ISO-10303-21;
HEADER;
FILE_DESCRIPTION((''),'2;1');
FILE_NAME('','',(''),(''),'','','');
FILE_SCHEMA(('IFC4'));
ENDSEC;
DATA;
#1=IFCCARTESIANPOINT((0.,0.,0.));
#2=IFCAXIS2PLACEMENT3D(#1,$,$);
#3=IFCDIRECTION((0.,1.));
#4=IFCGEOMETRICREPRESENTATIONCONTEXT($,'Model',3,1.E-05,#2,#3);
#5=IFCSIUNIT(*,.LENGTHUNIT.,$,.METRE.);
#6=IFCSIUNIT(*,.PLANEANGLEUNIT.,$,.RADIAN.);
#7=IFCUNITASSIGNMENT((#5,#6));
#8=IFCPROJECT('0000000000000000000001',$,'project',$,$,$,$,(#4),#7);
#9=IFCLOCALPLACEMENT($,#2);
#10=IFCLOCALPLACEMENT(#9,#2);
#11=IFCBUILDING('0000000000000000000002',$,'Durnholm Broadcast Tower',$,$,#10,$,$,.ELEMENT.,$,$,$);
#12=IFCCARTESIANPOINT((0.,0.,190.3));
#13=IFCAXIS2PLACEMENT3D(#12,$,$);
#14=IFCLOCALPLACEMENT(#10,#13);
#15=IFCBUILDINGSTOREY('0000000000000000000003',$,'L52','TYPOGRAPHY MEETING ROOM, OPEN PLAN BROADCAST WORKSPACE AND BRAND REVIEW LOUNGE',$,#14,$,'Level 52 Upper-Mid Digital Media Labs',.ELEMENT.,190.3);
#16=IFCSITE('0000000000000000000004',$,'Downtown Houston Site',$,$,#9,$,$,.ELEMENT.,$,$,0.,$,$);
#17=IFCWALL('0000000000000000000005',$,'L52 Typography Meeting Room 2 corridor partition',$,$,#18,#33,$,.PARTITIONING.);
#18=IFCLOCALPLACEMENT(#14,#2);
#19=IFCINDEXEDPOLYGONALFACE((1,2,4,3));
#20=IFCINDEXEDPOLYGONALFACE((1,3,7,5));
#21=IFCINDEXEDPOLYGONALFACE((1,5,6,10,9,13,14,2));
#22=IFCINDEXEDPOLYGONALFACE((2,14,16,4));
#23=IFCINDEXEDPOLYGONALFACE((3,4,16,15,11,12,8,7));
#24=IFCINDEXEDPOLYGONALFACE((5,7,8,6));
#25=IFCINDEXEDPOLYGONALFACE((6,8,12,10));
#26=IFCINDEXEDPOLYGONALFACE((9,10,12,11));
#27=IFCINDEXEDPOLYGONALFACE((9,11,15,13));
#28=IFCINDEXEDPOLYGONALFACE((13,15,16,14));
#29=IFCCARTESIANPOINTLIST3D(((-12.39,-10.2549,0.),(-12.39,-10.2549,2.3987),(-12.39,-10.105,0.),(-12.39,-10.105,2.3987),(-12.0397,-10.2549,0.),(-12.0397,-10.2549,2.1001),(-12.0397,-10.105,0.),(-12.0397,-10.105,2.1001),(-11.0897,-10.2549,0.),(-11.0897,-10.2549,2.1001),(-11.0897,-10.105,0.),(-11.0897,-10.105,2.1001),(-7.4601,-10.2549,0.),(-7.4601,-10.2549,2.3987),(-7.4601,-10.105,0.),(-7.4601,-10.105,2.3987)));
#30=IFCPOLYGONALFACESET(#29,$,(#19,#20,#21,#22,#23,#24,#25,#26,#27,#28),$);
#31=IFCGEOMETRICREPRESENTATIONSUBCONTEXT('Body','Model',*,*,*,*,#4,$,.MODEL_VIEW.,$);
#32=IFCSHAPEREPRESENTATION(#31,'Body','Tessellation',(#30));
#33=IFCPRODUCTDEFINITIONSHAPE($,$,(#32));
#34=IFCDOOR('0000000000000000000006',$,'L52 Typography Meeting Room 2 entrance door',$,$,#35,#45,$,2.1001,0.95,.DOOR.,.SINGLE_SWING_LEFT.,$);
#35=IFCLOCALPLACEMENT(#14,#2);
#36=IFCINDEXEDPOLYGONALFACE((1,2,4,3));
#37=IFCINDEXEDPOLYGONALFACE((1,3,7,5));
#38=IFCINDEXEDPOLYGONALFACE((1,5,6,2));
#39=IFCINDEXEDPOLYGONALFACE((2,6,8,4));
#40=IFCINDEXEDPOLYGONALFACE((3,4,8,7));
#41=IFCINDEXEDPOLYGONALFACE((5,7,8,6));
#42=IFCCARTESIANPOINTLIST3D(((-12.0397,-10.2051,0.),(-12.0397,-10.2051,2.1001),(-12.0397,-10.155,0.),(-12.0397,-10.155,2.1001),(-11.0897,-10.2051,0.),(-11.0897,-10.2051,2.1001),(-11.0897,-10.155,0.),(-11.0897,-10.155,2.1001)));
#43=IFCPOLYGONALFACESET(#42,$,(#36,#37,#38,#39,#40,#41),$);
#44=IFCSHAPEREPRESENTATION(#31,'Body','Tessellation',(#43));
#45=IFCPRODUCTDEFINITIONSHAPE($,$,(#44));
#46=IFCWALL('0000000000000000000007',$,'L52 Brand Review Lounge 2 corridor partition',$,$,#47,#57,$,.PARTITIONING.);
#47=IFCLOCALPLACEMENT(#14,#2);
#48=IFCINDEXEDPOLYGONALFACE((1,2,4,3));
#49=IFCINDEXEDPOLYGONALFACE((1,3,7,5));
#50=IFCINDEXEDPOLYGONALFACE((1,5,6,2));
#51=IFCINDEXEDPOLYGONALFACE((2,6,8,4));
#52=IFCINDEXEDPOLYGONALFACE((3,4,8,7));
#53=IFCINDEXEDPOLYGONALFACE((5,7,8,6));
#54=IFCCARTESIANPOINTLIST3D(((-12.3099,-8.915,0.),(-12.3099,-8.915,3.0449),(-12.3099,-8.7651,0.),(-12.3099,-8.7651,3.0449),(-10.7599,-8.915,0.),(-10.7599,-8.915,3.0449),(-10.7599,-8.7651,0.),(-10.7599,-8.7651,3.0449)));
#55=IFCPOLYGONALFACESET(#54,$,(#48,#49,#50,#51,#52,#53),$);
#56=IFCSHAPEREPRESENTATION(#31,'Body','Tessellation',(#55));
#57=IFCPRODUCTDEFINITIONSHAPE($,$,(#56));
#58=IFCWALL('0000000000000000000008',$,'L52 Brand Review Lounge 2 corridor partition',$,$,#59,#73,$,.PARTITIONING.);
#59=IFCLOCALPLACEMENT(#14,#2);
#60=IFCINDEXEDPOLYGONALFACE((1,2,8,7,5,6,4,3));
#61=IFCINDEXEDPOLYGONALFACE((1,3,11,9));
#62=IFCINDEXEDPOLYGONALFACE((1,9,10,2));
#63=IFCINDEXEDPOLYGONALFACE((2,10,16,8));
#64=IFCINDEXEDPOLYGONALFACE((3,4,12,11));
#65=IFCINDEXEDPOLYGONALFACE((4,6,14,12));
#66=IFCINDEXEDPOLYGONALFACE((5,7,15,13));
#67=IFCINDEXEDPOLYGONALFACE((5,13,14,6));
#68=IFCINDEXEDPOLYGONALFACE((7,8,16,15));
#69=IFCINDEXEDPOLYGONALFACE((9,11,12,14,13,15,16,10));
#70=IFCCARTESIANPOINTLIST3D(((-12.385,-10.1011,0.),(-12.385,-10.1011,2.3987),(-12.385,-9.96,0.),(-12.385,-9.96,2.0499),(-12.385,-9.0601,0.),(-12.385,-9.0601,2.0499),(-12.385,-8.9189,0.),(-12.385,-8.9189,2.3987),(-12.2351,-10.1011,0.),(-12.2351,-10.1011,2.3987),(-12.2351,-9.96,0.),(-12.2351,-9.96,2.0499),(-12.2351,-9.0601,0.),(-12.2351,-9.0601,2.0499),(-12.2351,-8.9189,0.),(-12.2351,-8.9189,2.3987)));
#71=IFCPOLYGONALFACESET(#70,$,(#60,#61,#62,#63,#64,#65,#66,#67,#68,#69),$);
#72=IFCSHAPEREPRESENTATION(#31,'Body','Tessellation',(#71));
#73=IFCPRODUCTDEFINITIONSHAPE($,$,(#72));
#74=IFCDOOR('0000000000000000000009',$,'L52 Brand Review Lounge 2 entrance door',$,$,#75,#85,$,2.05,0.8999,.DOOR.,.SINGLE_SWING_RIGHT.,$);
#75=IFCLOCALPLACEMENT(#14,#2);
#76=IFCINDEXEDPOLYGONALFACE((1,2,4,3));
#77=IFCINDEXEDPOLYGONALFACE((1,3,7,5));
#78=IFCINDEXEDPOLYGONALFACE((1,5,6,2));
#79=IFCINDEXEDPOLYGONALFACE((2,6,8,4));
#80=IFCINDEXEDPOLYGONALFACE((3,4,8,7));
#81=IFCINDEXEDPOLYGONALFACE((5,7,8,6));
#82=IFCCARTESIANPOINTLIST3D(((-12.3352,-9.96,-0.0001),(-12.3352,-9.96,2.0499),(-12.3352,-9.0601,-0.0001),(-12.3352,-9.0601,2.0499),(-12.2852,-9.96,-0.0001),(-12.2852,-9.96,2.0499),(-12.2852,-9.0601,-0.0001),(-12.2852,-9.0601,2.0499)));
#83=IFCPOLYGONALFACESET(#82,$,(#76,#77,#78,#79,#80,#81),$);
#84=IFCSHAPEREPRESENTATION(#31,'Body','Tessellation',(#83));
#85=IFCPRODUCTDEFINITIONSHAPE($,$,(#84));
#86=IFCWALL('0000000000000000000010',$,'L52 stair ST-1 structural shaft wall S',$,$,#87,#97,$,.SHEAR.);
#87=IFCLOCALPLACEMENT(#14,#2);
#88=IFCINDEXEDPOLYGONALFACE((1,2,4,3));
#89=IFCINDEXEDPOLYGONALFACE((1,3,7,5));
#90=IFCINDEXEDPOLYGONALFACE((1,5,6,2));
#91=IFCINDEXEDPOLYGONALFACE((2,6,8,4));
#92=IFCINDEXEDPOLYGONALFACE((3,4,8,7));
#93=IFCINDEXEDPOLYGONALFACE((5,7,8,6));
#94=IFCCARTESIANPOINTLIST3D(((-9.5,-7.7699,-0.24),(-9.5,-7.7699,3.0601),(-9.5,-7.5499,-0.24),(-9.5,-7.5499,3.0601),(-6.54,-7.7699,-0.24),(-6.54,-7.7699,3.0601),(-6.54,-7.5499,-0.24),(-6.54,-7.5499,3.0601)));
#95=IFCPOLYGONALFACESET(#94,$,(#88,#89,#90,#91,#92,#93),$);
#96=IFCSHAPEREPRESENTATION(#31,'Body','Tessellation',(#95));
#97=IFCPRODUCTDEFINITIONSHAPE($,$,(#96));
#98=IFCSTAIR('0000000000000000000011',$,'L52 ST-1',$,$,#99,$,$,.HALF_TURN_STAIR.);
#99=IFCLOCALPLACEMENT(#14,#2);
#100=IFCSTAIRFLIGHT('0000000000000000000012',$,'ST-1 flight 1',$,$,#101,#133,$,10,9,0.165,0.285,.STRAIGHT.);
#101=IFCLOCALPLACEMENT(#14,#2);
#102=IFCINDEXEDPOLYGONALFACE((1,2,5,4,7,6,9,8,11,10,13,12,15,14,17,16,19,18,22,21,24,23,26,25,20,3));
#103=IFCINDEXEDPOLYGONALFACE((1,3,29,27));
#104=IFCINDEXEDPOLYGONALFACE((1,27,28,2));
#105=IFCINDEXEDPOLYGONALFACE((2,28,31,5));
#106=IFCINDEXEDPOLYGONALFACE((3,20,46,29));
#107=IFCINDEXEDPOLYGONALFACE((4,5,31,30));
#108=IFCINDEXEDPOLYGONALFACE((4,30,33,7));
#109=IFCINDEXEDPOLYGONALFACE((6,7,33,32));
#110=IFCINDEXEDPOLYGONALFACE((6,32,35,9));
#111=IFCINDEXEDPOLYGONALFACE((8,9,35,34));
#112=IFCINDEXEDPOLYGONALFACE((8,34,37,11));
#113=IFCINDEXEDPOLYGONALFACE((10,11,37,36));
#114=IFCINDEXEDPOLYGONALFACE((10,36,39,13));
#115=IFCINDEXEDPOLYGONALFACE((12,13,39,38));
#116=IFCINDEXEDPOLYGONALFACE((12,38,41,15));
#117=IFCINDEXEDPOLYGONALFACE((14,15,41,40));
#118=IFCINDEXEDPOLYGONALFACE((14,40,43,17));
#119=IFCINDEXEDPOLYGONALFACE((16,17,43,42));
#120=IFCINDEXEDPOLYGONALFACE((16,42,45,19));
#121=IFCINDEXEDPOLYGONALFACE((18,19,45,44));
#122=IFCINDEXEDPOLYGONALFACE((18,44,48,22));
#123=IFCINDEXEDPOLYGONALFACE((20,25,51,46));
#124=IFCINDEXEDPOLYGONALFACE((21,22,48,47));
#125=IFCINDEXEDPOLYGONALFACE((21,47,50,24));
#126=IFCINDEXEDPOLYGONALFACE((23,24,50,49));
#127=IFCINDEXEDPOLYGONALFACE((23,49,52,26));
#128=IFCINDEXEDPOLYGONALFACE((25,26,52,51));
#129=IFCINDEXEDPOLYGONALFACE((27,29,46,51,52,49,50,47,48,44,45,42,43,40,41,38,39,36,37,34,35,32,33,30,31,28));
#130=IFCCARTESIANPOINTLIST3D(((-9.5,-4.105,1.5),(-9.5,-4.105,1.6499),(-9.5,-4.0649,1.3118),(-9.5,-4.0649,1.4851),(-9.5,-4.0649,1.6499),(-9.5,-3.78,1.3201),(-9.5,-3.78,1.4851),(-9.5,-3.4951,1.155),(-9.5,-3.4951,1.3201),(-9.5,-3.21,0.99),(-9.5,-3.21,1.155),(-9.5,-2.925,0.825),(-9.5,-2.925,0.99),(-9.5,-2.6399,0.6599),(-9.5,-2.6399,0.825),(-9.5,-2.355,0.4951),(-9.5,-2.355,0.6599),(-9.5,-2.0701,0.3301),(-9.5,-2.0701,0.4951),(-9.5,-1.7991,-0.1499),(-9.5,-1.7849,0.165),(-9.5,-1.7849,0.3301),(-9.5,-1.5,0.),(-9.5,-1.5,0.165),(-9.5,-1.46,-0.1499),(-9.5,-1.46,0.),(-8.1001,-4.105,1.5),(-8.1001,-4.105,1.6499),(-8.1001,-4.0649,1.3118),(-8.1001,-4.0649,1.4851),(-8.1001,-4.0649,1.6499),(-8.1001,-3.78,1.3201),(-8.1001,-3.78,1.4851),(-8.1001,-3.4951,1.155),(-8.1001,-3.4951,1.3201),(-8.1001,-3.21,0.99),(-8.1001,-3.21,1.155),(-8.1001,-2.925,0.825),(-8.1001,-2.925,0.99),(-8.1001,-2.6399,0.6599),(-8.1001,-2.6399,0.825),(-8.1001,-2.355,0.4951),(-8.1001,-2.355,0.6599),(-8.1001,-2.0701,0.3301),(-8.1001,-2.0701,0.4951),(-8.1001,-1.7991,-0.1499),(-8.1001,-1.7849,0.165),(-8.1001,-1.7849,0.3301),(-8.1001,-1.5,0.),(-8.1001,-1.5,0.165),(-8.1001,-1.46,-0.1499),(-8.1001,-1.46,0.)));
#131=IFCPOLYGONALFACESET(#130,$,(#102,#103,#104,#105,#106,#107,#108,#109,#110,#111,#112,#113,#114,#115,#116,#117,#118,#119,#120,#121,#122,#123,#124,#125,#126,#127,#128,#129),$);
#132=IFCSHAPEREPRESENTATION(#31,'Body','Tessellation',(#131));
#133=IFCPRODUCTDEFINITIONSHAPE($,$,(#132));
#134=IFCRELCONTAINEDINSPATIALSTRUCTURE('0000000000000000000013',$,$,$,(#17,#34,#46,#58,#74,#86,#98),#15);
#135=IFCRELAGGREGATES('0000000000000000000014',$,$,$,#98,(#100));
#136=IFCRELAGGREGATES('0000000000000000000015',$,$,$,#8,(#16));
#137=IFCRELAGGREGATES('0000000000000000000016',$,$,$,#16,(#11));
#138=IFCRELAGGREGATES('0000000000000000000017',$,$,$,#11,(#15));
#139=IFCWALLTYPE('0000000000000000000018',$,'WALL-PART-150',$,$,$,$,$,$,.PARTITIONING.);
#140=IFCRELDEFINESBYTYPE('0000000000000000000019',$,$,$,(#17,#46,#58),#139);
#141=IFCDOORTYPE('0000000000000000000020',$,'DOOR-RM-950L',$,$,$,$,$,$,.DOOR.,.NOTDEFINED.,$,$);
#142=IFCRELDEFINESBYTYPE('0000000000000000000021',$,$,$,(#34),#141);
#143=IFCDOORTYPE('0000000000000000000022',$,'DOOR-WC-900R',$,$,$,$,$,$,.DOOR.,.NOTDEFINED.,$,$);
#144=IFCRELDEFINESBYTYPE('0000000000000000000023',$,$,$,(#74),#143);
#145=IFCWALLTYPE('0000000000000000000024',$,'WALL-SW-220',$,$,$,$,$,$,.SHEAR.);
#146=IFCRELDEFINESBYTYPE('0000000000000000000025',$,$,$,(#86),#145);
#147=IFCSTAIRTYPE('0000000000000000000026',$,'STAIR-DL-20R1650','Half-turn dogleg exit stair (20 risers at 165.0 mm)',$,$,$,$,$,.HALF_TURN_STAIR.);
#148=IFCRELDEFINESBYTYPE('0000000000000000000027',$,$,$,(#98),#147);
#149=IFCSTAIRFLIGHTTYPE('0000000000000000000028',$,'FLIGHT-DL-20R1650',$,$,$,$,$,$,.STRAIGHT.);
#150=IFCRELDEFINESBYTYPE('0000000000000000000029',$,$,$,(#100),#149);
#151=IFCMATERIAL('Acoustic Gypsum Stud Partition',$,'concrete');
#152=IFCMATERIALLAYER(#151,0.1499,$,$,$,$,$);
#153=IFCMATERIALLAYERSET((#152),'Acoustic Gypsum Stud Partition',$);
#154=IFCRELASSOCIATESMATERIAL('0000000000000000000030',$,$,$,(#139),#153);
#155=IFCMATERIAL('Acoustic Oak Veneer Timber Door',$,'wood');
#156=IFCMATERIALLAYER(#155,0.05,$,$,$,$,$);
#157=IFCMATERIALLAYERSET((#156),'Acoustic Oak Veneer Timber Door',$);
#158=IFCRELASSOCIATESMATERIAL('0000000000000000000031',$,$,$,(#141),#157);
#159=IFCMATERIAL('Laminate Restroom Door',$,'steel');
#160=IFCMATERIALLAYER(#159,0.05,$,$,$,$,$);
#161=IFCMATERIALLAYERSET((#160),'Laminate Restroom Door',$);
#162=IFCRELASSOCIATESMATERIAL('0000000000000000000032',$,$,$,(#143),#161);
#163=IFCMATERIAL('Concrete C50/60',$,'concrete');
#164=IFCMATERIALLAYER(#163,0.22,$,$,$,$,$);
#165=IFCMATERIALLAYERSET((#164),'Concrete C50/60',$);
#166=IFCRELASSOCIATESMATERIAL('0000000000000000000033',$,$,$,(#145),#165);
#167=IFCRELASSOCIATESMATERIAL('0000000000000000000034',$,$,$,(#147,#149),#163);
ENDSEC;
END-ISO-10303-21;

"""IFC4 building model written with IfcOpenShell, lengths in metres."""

from ifc_helpers import new_model, si_unit, direction, frame, frame_2d, origin, place, context, subcontext, project, spatial, polyline, rectangle, outline, extrude, source, transform, mapped, material, layer, layer_set, type_object, type_shapes, element, fill, aggregate, save


model = new_model("IFC4")

# Units and contexts
model_context = context("Model", 3, precision=1e-05, world=origin(), true_north=direction((0.0, 1.0)))
body_context = subcontext(model_context, "Body", "Model", "MODEL_VIEW")
ifc_project = project(units=[si_unit("LENGTHUNIT", "METRE"), si_unit("PLANEANGLEUNIT", "RADIAN")], contexts=[model_context])

# Site, building, storey
site_placement = place(None, origin())
site = spatial("IfcSite", under=ifc_project, at=site_placement, Name="Downtown Houston Site", CompositionType="ELEMENT", RefElevation=0.0)
building_placement = place(site_placement, origin())
building = spatial("IfcBuilding", under=site, at=building_placement, Name="Durnholm Broadcast Tower", CompositionType="ELEMENT")
storey_placement = place(building_placement, frame((0.0, 0.0, 190.3)))
storey = spatial("IfcBuildingStorey", under=building, at=storey_placement, Name="L52", Description="TYPOGRAPHY MEETING ROOM, OPEN PLAN BROADCAST WORKSPACE AND BRAND REVIEW LOUNGE", LongName="Level 52 Upper-Mid Digital Media Labs", CompositionType="ELEMENT", Elevation=190.3)

# Wall, opening, door
ifc_material_1 = material(Name="Acoustic Gypsum Stud Partition", Category="concrete")
ifc_layer_1 = layer(ifc_material_1, 0.1499)
ifc_layer_set_1 = layer_set([ifc_layer_1], Name="Acoustic Gypsum Stud Partition")
wall_type_1 = type_object("IfcWallType", Name="WALL-PART-150", PredefinedType="PARTITIONING", material=ifc_layer_set_1)
wall_1_placement = place(storey_placement, frame((-12.3899, -10.1799, 0.0), z_axis=(0.0, 0.0, 1.0), x_axis=(1.0, 0.0, 0.0)))
wall_1 = element("IfcWall", 1, at=wall_1_placement, inside=storey, type_object=wall_type_1, Name="L52 Typography Meeting Room 2 corridor partition", PredefinedType="PARTITIONING", context=body_context, shape_type="SweptSolid", body=[
    extrude(rectangle(XDim=4.9299, YDim=0.1499, at=frame_2d((2.4648, 0.0))), origin(), (0.0, 0.0, 1.0), 2.3987),
])
opening_1_placement = place(wall_1_placement, frame((0.3501, 0.0, 0.0)))
opening_1 = element("IfcOpeningElement", 2, at=opening_1_placement, cuts=wall_1, PredefinedType="OPENING", context=body_context, shape_type="SweptSolid", body=[
    extrude(rectangle(XDim=0.95, YDim=2.1001, at=frame_2d((0.4751, 1.05))), frame((0.0, 0.085, 0.0), z_axis=(0.0, -1.0, 0.0), x_axis=(1.0, 0.0, 0.0)), (0.0, 0.0, 1.0), 0.1699),
])
ifc_material_2 = material(Name="Acoustic Oak Veneer Timber Door", Category="wood")
ifc_layer_2 = layer(ifc_material_2, 0.05)
ifc_layer_set_2 = layer_set([ifc_layer_2], Name="Acoustic Oak Veneer Timber Door")
door_type_1 = type_object("IfcDoorType", Name="DOOR-RM-950L", OperationType="NOTDEFINED", PredefinedType="DOOR", material=ifc_layer_set_2)
shared_shape_1 = source(origin(), body_context, "Body", "SweptSolid", [
    extrude(rectangle(XDim=0.95, YDim=2.1001, at=frame_2d((0.4751, 1.05))), frame((0.0, 0.0249, 0.0), z_axis=(0.0, -1.0, 0.0), x_axis=(1.0, 0.0, 0.0)), (0.0, 0.0, 1.0), 0.05),
])
type_shapes(door_type_1, [shared_shape_1])
door_1_placement = place(opening_1_placement, origin())
door_1 = element("IfcDoor", 3, at=door_1_placement, inside=storey, type_object=door_type_1, Name="L52 Typography Meeting Room 2 entrance door", OperationType="SINGLE_SWING_LEFT", OverallHeight=2.1001, OverallWidth=0.95, PredefinedType="DOOR", context=body_context, shape_type="MappedRepresentation", body=[
    mapped(shared_shape_1, transform((0.0, 0.0, 0.0), x_axis=(1.0, 0.0, 0.0), y_axis=(0.0, 1.0, 0.0), z_axis=(0.0, 0.0, 1.0), scale=1.0)),
])
fill(opening_1, door_1)

# Wall
wall_2_placement = place(storey_placement, frame((-10.76, -8.8401, 0.0), z_axis=(0.0, 0.0, 1.0), x_axis=(-1.0, 0.0, 0.0)))
element("IfcWall", 4, at=wall_2_placement, inside=storey, type_object=wall_type_1, Name="L52 Brand Review Lounge 2 corridor partition", PredefinedType="PARTITIONING", context=body_context, shape_type="SweptSolid", body=[
    extrude(rectangle(XDim=1.55, YDim=0.1499, at=frame_2d((0.7749, 0.0))), origin(), (0.0, 0.0, 1.0), 3.0449),
])

# Wall, opening, door
wall_3_placement = place(storey_placement, frame((-12.3101, -8.9189, 0.0), z_axis=(0.0, 0.0, 1.0), x_axis=(0.0, -1.0, 0.0)))
wall_3 = element("IfcWall", 5, at=wall_3_placement, inside=storey, type_object=wall_type_1, Name="L52 Brand Review Lounge 2 corridor partition", PredefinedType="PARTITIONING", context=body_context, shape_type="SweptSolid", body=[
    extrude(rectangle(XDim=1.1821, YDim=0.1499, at=frame_2d((0.5911, 0.0))), origin(), (0.0, 0.0, 1.0), 2.3987),
])
opening_2_placement = place(wall_3_placement, frame((0.1411, 0.0, 0.0)))
opening_2 = element("IfcOpeningElement", 6, at=opening_2_placement, cuts=wall_3, PredefinedType="OPENING", context=body_context, shape_type="SweptSolid", body=[
    extrude(rectangle(XDim=0.8999, YDim=2.05, at=frame_2d((0.45, 1.0249))), frame((0.0, 0.085, 0.0), z_axis=(0.0, -1.0, 0.0), x_axis=(1.0, 0.0, 0.0)), (0.0, 0.0, 1.0), 0.1699),
])
ifc_material_3 = material(Name="Laminate Restroom Door", Category="steel")
ifc_layer_3 = layer(ifc_material_3, 0.05)
ifc_layer_set_3 = layer_set([ifc_layer_3], Name="Laminate Restroom Door")
door_type_2 = type_object("IfcDoorType", Name="DOOR-WC-900R", OperationType="NOTDEFINED", PredefinedType="DOOR", material=ifc_layer_set_3)
shared_shape_2 = source(origin(), body_context, "Body", "SweptSolid", [
    extrude(rectangle(XDim=0.8999, YDim=2.05, at=frame_2d((0.45, 1.0249))), frame((0.0, 0.0249, 0.0), z_axis=(0.0, -1.0, 0.0), x_axis=(1.0, 0.0, 0.0)), (0.0, 0.0, 1.0), 0.05),
])
type_shapes(door_type_2, [shared_shape_2])
door_2_placement = place(opening_2_placement, origin())
door_2 = element("IfcDoor", 7, at=door_2_placement, inside=storey, type_object=door_type_2, Name="L52 Brand Review Lounge 2 entrance door", OperationType="SINGLE_SWING_RIGHT", OverallHeight=2.05, OverallWidth=0.8999, PredefinedType="DOOR", context=body_context, shape_type="MappedRepresentation", body=[
    mapped(shared_shape_2, transform((0.0, 0.0, 0.0), x_axis=(1.0, 0.0, 0.0), y_axis=(0.0, 1.0, 0.0), z_axis=(0.0, 0.0, 1.0), scale=1.0)),
])
fill(opening_2, door_2)

# Wall
ifc_material_4 = material(Name="Concrete C50/60", Category="concrete")
ifc_layer_4 = layer(ifc_material_4, 0.22)
ifc_layer_set_4 = layer_set([ifc_layer_4], Name="Concrete C50/60")
wall_type_2 = type_object("IfcWallType", Name="WALL-SW-220", PredefinedType="SHEAR", material=ifc_layer_set_4)
wall_4_placement = place(storey_placement, frame((-9.5, -7.6599, -0.24), z_axis=(0.0, 0.0, 1.0), x_axis=(1.0, 0.0, 0.0)))
element("IfcWall", 8, at=wall_4_placement, inside=storey, type_object=wall_type_2, Name="L52 stair ST-1 structural shaft wall S", PredefinedType="SHEAR", context=body_context, shape_type="SweptSolid", body=[
    extrude(rectangle(XDim=2.96, YDim=0.22, at=frame_2d((1.48, 0.0))), origin(), (0.0, 0.0, 1.0), 3.3),
])

# Stair, stair flight
stair_type = type_object("IfcStairType", Name="STAIR-DL-20R1650", Description="Half-turn dogleg exit stair (20 risers at 165.0 mm)", PredefinedType="HALF_TURN_STAIR", material=ifc_material_4)
stair_placement = place(storey_placement, origin())
stair = element("IfcStair", 9, at=stair_placement, inside=storey, type_object=stair_type, Name="L52 ST-1", PredefinedType="HALF_TURN_STAIR")
stair_flight_type = type_object("IfcStairFlightType", Name="FLIGHT-DL-20R1650", PredefinedType="STRAIGHT", material=ifc_material_4)
stair_flight_placement = place(storey_placement, frame((-8.8, -1.5, 0.0), z_axis=(0.0, 0.0, 1.0), x_axis=(0.0, -1.0, 0.0)))
stair_flight = element("IfcStairFlight", 10, at=stair_flight_placement, type_object=stair_flight_type, Name="ST-1 flight 1", NumberOfRisers=10, NumberOfTreads=9, PredefinedType="STRAIGHT", RiserHeight=0.165, TreadLength=0.285, context=body_context, shape_type="SweptSolid", body=[
    extrude(outline(polyline([(-0.04, -0.1499), (-0.04, 0.0), (0.0, 0.0), (0.0, 0.165), (0.2849, 0.165), (0.2849, 0.3301), (0.5701, 0.3301), (0.5701, 0.4951), (0.855, 0.4951), (0.855, 0.6599), (1.1399, 0.6599), (1.1399, 0.825), (1.425, 0.825), (1.425, 0.99), (1.71, 0.99), (1.71, 1.155), (1.9951, 1.155), (1.9951, 1.3201), (2.28, 1.3201), (2.28, 1.4851), (2.5649, 1.4851), (2.5649, 1.6499), (2.605, 1.6499), (2.605, 1.5), (2.5649, 1.3118), (0.2991, -0.1499), (-0.04, -0.1499)])), frame((0.0, 0.7, 0.0), z_axis=(0.0, -1.0, 0.0), x_axis=(1.0, 0.0, 0.0)), (0.0, 0.0, 1.0), 1.3999),
])
aggregate(stair, [stair_flight])

save(model, "model.ifc")
